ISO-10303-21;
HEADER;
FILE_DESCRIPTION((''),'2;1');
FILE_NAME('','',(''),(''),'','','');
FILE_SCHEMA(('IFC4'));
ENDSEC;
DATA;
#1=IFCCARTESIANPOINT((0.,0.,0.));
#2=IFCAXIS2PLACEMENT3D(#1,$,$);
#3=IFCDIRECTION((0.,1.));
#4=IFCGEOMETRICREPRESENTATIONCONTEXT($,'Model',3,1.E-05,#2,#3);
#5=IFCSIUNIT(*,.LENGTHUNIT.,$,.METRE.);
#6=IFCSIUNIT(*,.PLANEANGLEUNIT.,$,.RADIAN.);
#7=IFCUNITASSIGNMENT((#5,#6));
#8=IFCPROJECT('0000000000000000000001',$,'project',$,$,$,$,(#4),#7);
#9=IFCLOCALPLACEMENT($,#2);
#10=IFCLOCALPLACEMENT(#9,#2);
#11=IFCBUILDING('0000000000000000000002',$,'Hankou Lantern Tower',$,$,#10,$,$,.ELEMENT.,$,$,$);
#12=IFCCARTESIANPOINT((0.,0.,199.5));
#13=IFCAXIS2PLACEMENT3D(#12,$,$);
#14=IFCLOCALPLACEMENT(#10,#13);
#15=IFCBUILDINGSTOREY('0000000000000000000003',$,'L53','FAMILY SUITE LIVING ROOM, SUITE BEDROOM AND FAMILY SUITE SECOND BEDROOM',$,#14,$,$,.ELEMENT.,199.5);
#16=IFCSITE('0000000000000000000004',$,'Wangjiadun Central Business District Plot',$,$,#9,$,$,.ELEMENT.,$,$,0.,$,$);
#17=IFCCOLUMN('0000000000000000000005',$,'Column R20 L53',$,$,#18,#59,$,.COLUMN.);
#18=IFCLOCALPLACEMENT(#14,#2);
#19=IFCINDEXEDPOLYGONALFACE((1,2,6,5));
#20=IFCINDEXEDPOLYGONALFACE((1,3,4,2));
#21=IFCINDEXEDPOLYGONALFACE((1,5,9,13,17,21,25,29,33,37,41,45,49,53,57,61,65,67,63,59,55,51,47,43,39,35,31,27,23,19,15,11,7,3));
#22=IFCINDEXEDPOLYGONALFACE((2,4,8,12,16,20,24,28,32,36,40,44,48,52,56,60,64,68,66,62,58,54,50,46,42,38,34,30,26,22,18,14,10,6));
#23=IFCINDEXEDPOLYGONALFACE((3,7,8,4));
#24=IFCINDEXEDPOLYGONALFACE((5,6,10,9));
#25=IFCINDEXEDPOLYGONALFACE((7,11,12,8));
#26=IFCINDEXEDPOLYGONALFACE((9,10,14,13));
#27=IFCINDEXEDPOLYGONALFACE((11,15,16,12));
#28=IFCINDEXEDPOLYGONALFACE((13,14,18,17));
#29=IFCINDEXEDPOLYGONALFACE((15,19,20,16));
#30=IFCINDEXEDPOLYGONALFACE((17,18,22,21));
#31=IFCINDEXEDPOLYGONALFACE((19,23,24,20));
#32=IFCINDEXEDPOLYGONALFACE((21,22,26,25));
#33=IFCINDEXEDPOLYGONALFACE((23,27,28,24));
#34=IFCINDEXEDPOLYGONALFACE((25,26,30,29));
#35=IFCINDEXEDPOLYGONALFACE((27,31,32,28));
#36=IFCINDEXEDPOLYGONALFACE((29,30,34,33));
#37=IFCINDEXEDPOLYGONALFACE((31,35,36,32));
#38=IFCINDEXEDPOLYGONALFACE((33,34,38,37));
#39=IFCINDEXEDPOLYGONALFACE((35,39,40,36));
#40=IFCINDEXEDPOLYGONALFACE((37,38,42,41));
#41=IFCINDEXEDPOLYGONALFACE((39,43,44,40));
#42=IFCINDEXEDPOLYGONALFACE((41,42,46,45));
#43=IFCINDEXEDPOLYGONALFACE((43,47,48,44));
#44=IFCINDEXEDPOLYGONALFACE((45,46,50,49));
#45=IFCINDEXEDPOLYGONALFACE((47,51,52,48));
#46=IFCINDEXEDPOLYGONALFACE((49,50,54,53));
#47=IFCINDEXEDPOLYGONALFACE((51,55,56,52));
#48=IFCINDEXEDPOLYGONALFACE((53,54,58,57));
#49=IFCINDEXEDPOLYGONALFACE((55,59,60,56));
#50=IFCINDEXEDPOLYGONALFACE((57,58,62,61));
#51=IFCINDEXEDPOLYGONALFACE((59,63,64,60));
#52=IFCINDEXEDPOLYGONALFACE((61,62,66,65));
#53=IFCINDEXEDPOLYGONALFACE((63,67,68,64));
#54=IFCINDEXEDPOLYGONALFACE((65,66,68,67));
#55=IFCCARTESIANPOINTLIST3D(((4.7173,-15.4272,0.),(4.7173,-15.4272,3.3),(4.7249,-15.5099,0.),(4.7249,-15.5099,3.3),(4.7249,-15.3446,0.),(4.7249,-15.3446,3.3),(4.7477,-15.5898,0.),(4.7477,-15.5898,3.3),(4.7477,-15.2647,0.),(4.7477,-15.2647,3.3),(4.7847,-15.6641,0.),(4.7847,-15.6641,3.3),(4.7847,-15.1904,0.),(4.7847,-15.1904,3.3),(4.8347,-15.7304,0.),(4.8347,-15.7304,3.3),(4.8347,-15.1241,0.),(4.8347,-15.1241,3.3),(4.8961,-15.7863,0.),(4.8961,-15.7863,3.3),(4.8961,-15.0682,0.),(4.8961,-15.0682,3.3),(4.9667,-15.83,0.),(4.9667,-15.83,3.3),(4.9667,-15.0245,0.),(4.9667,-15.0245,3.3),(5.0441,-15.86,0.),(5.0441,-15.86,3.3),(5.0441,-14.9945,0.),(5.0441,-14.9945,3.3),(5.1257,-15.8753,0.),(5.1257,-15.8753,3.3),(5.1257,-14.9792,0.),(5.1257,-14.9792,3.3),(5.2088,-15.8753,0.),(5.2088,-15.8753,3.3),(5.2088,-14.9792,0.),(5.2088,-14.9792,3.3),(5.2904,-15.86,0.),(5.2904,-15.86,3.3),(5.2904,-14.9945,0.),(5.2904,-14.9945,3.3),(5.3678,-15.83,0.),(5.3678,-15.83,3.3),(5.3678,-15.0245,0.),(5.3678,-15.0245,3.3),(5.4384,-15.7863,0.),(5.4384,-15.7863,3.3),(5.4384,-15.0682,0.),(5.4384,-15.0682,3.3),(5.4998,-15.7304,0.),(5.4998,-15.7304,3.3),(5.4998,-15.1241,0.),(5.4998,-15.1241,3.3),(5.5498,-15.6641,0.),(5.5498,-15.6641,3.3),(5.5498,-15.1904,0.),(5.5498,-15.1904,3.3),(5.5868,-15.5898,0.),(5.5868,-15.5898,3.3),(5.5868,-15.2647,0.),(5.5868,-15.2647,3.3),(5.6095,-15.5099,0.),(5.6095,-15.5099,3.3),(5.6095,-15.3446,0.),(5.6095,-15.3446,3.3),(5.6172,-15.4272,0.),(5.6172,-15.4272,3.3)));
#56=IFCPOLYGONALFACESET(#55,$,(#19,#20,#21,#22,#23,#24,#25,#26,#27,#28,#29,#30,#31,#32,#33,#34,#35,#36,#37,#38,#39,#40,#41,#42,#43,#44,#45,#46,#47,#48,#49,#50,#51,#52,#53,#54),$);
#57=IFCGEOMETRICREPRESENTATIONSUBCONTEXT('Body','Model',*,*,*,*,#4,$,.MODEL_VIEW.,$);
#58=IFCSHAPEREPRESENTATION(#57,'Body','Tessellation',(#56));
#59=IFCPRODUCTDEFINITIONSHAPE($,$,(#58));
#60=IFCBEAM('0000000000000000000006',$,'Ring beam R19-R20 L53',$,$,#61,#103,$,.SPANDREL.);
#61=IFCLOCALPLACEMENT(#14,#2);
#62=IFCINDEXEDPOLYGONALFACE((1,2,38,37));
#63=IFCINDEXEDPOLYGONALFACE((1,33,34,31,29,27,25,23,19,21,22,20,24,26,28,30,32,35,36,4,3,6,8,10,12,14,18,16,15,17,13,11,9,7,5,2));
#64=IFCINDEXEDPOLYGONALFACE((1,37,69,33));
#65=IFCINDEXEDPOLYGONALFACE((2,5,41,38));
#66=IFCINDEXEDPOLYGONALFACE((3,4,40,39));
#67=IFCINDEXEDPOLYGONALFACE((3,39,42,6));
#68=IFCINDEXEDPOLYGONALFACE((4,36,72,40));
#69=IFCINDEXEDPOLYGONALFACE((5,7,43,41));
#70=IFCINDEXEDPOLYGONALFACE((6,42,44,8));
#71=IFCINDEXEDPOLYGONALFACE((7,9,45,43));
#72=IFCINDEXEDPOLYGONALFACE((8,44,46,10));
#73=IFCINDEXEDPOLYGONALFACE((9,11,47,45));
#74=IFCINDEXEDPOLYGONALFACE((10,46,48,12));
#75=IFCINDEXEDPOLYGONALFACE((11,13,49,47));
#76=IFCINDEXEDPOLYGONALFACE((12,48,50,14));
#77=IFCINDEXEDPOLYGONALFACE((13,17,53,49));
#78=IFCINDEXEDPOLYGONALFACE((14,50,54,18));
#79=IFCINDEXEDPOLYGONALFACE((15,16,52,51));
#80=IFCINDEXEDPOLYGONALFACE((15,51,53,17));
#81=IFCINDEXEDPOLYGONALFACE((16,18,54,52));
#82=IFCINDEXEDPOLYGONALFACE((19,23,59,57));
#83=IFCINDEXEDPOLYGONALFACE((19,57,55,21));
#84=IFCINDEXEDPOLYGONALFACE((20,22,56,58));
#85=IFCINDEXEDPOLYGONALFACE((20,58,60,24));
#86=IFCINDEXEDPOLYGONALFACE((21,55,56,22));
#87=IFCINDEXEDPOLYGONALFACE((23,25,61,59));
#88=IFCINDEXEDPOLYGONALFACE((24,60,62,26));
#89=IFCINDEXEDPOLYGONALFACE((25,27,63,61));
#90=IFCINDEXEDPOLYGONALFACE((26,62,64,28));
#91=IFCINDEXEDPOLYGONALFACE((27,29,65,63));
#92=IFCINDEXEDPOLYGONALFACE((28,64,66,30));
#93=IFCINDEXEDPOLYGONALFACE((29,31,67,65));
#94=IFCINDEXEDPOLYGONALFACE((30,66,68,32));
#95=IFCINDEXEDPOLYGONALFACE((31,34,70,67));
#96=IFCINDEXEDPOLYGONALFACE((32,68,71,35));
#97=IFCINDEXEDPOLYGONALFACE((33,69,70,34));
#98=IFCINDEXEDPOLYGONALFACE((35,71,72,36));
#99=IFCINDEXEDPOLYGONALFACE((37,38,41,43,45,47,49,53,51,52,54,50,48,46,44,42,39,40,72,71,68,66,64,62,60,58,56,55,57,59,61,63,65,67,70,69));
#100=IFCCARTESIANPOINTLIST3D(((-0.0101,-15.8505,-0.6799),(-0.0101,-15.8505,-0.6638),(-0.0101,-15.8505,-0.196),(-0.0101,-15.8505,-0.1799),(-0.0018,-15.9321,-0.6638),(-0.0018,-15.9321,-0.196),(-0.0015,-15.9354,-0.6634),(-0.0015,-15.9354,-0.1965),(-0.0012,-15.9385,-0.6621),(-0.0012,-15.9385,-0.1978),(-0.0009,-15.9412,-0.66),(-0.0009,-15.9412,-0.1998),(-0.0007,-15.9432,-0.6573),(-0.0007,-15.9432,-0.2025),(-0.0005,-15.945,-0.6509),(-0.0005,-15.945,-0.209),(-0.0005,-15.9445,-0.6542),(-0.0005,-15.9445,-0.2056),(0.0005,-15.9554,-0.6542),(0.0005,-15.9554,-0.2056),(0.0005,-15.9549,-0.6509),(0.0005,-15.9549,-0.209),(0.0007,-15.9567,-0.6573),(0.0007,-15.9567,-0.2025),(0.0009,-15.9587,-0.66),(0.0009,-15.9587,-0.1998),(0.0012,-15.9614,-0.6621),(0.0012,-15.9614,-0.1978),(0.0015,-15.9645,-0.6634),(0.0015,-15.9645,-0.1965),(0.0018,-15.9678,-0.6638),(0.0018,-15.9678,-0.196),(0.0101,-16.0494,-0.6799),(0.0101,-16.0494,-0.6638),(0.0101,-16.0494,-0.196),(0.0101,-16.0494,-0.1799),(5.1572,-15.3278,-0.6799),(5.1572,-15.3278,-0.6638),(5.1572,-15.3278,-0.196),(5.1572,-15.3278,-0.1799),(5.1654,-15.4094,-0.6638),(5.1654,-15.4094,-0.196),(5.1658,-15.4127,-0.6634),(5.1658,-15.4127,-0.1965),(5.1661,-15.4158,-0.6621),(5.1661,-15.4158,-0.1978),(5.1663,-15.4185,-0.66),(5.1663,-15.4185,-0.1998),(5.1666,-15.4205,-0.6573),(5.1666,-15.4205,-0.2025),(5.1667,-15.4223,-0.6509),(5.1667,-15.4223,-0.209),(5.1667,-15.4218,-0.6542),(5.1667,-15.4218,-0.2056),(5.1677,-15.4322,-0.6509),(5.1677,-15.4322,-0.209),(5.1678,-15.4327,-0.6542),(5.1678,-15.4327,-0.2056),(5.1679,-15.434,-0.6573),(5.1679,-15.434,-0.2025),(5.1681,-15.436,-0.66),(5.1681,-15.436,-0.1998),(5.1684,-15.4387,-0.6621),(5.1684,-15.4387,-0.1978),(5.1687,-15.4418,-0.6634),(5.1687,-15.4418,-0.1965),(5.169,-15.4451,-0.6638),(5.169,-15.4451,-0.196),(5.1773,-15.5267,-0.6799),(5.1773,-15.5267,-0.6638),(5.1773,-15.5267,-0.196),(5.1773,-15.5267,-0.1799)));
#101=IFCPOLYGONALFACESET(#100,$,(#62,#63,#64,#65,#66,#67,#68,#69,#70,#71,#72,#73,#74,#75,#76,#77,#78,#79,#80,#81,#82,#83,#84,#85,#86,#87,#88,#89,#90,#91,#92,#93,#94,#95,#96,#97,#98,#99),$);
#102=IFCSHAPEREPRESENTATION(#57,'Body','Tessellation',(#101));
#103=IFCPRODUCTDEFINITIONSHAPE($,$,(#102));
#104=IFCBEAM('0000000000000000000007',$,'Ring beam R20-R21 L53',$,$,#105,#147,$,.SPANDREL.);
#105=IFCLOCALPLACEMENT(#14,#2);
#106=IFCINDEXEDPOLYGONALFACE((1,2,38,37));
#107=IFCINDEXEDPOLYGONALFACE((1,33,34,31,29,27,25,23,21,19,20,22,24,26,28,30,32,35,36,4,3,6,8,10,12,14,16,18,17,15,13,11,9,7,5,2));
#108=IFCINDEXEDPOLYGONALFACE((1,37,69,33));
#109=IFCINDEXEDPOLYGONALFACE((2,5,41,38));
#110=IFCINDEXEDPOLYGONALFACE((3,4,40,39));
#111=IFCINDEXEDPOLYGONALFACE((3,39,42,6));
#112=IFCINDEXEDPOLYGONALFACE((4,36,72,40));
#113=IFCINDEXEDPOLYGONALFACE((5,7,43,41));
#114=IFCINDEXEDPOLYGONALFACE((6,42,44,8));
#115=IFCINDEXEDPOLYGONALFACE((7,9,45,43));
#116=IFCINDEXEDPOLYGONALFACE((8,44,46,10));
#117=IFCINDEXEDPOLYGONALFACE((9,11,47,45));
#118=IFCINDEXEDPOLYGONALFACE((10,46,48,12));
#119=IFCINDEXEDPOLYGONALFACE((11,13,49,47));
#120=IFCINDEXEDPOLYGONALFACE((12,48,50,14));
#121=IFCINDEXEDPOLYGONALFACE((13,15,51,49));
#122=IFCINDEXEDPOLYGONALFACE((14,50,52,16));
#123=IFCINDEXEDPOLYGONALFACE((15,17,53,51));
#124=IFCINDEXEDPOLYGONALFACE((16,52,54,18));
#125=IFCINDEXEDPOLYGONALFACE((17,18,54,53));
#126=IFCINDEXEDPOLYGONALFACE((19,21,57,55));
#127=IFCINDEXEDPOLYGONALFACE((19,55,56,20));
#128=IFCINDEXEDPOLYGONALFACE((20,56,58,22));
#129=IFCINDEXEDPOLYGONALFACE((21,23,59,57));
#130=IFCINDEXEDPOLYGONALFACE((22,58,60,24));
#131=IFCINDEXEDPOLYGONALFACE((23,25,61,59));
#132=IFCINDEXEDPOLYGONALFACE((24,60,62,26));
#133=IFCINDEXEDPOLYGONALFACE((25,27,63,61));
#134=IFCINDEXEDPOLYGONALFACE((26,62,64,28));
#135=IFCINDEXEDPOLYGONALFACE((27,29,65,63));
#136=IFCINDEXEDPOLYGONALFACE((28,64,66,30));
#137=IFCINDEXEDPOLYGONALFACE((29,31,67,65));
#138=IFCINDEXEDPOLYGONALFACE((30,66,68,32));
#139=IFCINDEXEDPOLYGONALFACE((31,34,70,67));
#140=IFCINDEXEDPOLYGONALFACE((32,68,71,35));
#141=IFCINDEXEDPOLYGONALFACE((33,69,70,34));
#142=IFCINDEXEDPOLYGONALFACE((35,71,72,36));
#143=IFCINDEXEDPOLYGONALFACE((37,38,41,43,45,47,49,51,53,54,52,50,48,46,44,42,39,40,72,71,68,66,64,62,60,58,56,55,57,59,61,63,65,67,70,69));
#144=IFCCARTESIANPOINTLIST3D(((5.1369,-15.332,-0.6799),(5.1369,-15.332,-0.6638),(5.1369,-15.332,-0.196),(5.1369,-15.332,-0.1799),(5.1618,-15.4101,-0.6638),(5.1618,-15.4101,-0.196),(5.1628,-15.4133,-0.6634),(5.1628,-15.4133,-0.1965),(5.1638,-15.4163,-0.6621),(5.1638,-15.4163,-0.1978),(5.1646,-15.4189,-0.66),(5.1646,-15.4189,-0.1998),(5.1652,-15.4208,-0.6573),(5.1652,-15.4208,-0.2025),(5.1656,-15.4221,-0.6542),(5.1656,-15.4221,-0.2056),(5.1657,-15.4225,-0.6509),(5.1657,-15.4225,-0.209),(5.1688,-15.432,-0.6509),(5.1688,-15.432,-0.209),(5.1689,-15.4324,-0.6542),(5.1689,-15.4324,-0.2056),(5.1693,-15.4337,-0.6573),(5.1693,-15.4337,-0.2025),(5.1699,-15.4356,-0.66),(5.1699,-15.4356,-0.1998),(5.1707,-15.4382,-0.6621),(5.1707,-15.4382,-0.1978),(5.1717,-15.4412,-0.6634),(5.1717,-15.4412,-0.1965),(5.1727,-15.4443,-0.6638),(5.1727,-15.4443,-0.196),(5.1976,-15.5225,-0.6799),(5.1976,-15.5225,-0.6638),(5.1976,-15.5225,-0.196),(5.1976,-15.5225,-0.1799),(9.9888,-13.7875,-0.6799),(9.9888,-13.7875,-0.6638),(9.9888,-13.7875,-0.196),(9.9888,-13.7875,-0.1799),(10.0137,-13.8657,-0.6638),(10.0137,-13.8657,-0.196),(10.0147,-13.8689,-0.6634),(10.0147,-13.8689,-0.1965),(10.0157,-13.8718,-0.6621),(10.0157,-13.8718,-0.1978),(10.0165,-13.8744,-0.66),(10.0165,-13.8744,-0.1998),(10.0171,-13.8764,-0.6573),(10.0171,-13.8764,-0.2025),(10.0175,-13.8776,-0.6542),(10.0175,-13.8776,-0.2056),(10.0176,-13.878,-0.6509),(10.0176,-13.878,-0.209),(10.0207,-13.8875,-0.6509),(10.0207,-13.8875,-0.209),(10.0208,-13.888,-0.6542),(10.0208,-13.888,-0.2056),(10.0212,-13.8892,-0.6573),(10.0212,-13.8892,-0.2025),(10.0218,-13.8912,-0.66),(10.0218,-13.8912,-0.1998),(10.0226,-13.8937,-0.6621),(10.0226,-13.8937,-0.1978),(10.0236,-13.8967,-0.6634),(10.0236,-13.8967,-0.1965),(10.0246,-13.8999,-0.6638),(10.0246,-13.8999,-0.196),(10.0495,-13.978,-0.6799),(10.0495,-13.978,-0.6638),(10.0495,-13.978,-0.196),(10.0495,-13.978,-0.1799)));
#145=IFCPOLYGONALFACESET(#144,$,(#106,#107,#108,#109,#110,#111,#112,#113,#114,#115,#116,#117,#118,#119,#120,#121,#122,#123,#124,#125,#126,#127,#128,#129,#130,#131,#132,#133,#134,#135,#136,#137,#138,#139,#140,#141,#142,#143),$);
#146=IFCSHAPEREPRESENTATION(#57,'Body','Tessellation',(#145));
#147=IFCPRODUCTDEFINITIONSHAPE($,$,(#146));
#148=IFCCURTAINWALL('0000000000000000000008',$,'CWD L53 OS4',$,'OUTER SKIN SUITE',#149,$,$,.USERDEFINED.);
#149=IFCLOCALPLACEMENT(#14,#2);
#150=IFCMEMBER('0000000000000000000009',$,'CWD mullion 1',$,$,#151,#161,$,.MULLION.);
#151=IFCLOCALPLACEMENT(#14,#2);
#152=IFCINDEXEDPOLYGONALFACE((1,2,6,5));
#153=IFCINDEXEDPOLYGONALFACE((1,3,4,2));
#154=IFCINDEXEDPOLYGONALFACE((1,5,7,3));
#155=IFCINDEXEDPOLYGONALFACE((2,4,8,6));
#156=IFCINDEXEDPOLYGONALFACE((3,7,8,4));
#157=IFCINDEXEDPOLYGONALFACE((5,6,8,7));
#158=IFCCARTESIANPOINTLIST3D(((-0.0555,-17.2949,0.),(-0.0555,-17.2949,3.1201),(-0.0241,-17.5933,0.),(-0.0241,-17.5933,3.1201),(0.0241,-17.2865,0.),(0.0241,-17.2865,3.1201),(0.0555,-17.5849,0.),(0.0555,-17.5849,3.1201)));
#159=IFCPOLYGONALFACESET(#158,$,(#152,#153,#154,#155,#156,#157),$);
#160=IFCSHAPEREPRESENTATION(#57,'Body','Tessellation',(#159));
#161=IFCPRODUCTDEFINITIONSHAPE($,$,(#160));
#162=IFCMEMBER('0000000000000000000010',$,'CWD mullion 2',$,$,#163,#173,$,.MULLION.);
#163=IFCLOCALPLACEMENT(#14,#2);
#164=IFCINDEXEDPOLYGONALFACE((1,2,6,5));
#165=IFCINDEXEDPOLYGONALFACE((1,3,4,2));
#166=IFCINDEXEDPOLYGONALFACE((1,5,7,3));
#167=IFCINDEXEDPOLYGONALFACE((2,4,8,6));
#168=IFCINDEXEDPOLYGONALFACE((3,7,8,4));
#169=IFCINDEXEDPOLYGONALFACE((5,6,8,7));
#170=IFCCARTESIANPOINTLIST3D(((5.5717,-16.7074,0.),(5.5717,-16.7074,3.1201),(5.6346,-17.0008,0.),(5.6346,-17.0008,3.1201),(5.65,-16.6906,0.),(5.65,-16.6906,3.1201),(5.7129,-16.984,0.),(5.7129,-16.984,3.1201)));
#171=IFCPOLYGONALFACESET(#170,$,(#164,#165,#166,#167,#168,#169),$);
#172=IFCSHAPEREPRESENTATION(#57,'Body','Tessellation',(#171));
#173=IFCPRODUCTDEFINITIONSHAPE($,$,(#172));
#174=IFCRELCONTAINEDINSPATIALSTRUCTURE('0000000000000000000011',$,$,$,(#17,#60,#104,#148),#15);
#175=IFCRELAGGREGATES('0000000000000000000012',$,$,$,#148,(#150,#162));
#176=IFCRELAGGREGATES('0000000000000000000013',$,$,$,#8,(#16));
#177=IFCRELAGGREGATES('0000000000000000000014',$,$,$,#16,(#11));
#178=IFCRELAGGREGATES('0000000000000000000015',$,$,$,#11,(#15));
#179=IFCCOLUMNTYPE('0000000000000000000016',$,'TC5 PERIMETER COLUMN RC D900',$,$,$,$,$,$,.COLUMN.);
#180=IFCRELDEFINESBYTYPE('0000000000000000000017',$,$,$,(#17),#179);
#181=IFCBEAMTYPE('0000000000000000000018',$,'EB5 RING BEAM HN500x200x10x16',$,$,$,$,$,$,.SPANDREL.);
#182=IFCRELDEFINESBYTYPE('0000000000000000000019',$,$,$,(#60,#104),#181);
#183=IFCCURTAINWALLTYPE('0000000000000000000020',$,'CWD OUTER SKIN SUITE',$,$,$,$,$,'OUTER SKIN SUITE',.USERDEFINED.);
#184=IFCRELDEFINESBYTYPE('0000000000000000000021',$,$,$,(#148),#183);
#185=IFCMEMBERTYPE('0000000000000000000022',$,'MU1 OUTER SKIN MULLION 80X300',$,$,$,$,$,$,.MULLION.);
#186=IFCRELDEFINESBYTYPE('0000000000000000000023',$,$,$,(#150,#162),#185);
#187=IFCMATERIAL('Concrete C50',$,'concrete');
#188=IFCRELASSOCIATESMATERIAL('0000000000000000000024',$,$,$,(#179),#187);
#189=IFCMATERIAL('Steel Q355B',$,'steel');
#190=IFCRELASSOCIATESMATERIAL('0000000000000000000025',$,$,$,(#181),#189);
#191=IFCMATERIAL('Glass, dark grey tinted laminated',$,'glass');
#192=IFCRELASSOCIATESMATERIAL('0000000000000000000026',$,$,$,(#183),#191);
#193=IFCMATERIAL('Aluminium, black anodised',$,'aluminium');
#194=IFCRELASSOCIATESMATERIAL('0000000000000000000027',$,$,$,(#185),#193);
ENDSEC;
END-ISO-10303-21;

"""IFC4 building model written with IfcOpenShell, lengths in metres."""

from ifc_helpers import new_model, si_unit, direction, frame, origin, origin_2d, place, context, subcontext, project, spatial, rectangle, circle, i_section, extrude, material, material_profile, profile_set, type_object, element, aggregate, save


model = new_model("IFC4")

# Units and contexts
model_context = context("Model", 3, precision=1e-05, world=origin(), true_north=direction((0.0, 1.0)))
body_context = subcontext(model_context, "Body", "Model", "MODEL_VIEW")
ifc_project = project(units=[si_unit("LENGTHUNIT", "METRE"), si_unit("PLANEANGLEUNIT", "RADIAN")], contexts=[model_context])

# Site, building, storey
site_placement = place(None, origin())
site = spatial("IfcSite", under=ifc_project, at=site_placement, Name="Wangjiadun Central Business District Plot", CompositionType="ELEMENT", RefElevation=0.0)
building_placement = place(site_placement, origin())
building = spatial("IfcBuilding", under=site, at=building_placement, Name="Hankou Lantern Tower", CompositionType="ELEMENT")
storey_placement = place(building_placement, frame((0.0, 0.0, 199.5)))
storey = spatial("IfcBuildingStorey", under=building, at=storey_placement, Name="L53", Description="FAMILY SUITE LIVING ROOM, SUITE BEDROOM AND FAMILY SUITE SECOND BEDROOM", CompositionType="ELEMENT", Elevation=199.5)

# Column
ifc_material_1 = material(Name="Concrete C50", Category="concrete")
ifc_material_profile_1 = material_profile(ifc_material_1, circle(Radius=0.45, at=origin_2d()), Name="RC D900")
ifc_profile_set_1 = profile_set([ifc_material_profile_1], Name="Concrete C50")
column_type = type_object("IfcColumnType", Name="TC5 PERIMETER COLUMN RC D900", PredefinedType="COLUMN", material=ifc_profile_set_1)
column_placement = place(storey_placement, frame((5.1672, -15.4272, 0.0), z_axis=(0.0, 0.0, 1.0), x_axis=(1.0, 0.0, 0.0)))
element("IfcColumn", 1, at=column_placement, inside=storey, type_object=column_type, Name="Column R20 L53", PredefinedType="COLUMN", context=body_context, shape_type="SweptSolid", body=[
    extrude(circle(Radius=0.45, at=origin_2d()), origin(), (0.0, 0.0, 1.0), 3.3),
])

# Beams
ifc_material_2 = material(Name="Steel Q355B", Category="steel")
ifc_material_profile_2 = material_profile(ifc_material_2, i_section(OverallWidth=0.2, OverallDepth=0.5, WebThickness=0.01, FlangeThickness=0.0161, FilletRadius=0.0129, at=origin_2d()), Name="HN500x200x10x16")
ifc_profile_set_2 = profile_set([ifc_material_profile_2], Name="Steel Q355B")
beam_type_1 = type_object("IfcBeamType", Name="EB5 RING BEAM HN500x200x10x16", PredefinedType="SPANDREL", material=ifc_profile_set_2)
beam_1_placement = place(storey_placement, frame((0.0, -15.95, -0.4299), z_axis=(0.994923, 0.100644, 0.0), x_axis=(-0.100644, 0.994923, 0.0)))
element("IfcBeam", 2, at=beam_1_placement, inside=storey, type_object=beam_type_1, Name="Ring beam R19-R20 L53", PredefinedType="SPANDREL", context=body_context, shape_type="SweptSolid", body=[
    extrude(i_section(OverallWidth=0.2, OverallDepth=0.5, WebThickness=0.01, FlangeThickness=0.0161, FilletRadius=0.0129, at=origin_2d()), origin(), (0.0, 0.0, 1.0), 5.1936),
])
beam_2_placement = place(storey_placement, frame((5.1672, -15.4272, -0.4299), z_axis=(0.952887, 0.303324, 0.0), x_axis=(-0.303324, 0.952887, 0.0)))
element("IfcBeam", 3, at=beam_2_placement, inside=storey, type_object=beam_type_1, Name="Ring beam R20-R21 L53", PredefinedType="SPANDREL", context=body_context, shape_type="SweptSolid", body=[
    extrude(i_section(OverallWidth=0.2, OverallDepth=0.5, WebThickness=0.01, FlangeThickness=0.0161, FilletRadius=0.0129, at=origin_2d()), origin(), (0.0, 0.0, 1.0), 5.0918),
])

# Curtain wall, members
ifc_material_3 = material(Name="Glass, dark grey tinted laminated", Category="glass")
curtain_wall_type = type_object("IfcCurtainWallType", Name="CWD OUTER SKIN SUITE", ElementType="OUTER SKIN SUITE", PredefinedType="USERDEFINED", material=ifc_material_3)
curtain_wall_placement = place(storey_placement, origin())
curtain_wall = element("IfcCurtainWall", 4, at=curtain_wall_placement, inside=storey, type_object=curtain_wall_type, Name="CWD L53 OS4", ObjectType="OUTER SKIN SUITE", PredefinedType="USERDEFINED")
ifc_material_4 = material(Name="Aluminium, black anodised", Category="aluminium")
ifc_material_profile_3 = material_profile(ifc_material_4, rectangle(XDim=0.0801, YDim=0.3, at=origin_2d()), Name="MU1 80X300")
ifc_profile_set_3 = profile_set([ifc_material_profile_3], Name="Aluminium, black anodised")
member_type_1 = type_object("IfcMemberType", Name="MU1 OUTER SKIN MULLION 80X300", PredefinedType="MULLION", material=ifc_profile_set_3)
member_1_placement = place(storey_placement, frame((0.0, -17.4399, 0.0), z_axis=(0.0, 0.0, 1.0), x_axis=(0.994499, 0.104743, 0.0)))
member_1 = element("IfcMember", 5, at=member_1_placement, type_object=member_type_1, Name="CWD mullion 1", PredefinedType="MULLION", context=body_context, shape_type="SweptSolid", body=[
    extrude(rectangle(XDim=0.0801, YDim=0.3, at=origin_2d()), origin(), (0.0, 0.0, 1.0), 3.1201),
])
member_2_placement = place(storey_placement, frame((5.6423, -16.8457, 0.0), z_axis=(0.0, 0.0, 1.0), x_axis=(0.977788, 0.209598, 0.0)))
member_2 = element("IfcMember", 6, at=member_2_placement, type_object=member_type_1, Name="CWD mullion 2", PredefinedType="MULLION", context=body_context, shape_type="SweptSolid", body=[
    extrude(rectangle(XDim=0.0801, YDim=0.3, at=origin_2d()), origin(), (0.0, 0.0, 1.0), 3.1201),
])

aggregate(curtain_wall, [member_1, member_2])

save(model, "model.ifc")
